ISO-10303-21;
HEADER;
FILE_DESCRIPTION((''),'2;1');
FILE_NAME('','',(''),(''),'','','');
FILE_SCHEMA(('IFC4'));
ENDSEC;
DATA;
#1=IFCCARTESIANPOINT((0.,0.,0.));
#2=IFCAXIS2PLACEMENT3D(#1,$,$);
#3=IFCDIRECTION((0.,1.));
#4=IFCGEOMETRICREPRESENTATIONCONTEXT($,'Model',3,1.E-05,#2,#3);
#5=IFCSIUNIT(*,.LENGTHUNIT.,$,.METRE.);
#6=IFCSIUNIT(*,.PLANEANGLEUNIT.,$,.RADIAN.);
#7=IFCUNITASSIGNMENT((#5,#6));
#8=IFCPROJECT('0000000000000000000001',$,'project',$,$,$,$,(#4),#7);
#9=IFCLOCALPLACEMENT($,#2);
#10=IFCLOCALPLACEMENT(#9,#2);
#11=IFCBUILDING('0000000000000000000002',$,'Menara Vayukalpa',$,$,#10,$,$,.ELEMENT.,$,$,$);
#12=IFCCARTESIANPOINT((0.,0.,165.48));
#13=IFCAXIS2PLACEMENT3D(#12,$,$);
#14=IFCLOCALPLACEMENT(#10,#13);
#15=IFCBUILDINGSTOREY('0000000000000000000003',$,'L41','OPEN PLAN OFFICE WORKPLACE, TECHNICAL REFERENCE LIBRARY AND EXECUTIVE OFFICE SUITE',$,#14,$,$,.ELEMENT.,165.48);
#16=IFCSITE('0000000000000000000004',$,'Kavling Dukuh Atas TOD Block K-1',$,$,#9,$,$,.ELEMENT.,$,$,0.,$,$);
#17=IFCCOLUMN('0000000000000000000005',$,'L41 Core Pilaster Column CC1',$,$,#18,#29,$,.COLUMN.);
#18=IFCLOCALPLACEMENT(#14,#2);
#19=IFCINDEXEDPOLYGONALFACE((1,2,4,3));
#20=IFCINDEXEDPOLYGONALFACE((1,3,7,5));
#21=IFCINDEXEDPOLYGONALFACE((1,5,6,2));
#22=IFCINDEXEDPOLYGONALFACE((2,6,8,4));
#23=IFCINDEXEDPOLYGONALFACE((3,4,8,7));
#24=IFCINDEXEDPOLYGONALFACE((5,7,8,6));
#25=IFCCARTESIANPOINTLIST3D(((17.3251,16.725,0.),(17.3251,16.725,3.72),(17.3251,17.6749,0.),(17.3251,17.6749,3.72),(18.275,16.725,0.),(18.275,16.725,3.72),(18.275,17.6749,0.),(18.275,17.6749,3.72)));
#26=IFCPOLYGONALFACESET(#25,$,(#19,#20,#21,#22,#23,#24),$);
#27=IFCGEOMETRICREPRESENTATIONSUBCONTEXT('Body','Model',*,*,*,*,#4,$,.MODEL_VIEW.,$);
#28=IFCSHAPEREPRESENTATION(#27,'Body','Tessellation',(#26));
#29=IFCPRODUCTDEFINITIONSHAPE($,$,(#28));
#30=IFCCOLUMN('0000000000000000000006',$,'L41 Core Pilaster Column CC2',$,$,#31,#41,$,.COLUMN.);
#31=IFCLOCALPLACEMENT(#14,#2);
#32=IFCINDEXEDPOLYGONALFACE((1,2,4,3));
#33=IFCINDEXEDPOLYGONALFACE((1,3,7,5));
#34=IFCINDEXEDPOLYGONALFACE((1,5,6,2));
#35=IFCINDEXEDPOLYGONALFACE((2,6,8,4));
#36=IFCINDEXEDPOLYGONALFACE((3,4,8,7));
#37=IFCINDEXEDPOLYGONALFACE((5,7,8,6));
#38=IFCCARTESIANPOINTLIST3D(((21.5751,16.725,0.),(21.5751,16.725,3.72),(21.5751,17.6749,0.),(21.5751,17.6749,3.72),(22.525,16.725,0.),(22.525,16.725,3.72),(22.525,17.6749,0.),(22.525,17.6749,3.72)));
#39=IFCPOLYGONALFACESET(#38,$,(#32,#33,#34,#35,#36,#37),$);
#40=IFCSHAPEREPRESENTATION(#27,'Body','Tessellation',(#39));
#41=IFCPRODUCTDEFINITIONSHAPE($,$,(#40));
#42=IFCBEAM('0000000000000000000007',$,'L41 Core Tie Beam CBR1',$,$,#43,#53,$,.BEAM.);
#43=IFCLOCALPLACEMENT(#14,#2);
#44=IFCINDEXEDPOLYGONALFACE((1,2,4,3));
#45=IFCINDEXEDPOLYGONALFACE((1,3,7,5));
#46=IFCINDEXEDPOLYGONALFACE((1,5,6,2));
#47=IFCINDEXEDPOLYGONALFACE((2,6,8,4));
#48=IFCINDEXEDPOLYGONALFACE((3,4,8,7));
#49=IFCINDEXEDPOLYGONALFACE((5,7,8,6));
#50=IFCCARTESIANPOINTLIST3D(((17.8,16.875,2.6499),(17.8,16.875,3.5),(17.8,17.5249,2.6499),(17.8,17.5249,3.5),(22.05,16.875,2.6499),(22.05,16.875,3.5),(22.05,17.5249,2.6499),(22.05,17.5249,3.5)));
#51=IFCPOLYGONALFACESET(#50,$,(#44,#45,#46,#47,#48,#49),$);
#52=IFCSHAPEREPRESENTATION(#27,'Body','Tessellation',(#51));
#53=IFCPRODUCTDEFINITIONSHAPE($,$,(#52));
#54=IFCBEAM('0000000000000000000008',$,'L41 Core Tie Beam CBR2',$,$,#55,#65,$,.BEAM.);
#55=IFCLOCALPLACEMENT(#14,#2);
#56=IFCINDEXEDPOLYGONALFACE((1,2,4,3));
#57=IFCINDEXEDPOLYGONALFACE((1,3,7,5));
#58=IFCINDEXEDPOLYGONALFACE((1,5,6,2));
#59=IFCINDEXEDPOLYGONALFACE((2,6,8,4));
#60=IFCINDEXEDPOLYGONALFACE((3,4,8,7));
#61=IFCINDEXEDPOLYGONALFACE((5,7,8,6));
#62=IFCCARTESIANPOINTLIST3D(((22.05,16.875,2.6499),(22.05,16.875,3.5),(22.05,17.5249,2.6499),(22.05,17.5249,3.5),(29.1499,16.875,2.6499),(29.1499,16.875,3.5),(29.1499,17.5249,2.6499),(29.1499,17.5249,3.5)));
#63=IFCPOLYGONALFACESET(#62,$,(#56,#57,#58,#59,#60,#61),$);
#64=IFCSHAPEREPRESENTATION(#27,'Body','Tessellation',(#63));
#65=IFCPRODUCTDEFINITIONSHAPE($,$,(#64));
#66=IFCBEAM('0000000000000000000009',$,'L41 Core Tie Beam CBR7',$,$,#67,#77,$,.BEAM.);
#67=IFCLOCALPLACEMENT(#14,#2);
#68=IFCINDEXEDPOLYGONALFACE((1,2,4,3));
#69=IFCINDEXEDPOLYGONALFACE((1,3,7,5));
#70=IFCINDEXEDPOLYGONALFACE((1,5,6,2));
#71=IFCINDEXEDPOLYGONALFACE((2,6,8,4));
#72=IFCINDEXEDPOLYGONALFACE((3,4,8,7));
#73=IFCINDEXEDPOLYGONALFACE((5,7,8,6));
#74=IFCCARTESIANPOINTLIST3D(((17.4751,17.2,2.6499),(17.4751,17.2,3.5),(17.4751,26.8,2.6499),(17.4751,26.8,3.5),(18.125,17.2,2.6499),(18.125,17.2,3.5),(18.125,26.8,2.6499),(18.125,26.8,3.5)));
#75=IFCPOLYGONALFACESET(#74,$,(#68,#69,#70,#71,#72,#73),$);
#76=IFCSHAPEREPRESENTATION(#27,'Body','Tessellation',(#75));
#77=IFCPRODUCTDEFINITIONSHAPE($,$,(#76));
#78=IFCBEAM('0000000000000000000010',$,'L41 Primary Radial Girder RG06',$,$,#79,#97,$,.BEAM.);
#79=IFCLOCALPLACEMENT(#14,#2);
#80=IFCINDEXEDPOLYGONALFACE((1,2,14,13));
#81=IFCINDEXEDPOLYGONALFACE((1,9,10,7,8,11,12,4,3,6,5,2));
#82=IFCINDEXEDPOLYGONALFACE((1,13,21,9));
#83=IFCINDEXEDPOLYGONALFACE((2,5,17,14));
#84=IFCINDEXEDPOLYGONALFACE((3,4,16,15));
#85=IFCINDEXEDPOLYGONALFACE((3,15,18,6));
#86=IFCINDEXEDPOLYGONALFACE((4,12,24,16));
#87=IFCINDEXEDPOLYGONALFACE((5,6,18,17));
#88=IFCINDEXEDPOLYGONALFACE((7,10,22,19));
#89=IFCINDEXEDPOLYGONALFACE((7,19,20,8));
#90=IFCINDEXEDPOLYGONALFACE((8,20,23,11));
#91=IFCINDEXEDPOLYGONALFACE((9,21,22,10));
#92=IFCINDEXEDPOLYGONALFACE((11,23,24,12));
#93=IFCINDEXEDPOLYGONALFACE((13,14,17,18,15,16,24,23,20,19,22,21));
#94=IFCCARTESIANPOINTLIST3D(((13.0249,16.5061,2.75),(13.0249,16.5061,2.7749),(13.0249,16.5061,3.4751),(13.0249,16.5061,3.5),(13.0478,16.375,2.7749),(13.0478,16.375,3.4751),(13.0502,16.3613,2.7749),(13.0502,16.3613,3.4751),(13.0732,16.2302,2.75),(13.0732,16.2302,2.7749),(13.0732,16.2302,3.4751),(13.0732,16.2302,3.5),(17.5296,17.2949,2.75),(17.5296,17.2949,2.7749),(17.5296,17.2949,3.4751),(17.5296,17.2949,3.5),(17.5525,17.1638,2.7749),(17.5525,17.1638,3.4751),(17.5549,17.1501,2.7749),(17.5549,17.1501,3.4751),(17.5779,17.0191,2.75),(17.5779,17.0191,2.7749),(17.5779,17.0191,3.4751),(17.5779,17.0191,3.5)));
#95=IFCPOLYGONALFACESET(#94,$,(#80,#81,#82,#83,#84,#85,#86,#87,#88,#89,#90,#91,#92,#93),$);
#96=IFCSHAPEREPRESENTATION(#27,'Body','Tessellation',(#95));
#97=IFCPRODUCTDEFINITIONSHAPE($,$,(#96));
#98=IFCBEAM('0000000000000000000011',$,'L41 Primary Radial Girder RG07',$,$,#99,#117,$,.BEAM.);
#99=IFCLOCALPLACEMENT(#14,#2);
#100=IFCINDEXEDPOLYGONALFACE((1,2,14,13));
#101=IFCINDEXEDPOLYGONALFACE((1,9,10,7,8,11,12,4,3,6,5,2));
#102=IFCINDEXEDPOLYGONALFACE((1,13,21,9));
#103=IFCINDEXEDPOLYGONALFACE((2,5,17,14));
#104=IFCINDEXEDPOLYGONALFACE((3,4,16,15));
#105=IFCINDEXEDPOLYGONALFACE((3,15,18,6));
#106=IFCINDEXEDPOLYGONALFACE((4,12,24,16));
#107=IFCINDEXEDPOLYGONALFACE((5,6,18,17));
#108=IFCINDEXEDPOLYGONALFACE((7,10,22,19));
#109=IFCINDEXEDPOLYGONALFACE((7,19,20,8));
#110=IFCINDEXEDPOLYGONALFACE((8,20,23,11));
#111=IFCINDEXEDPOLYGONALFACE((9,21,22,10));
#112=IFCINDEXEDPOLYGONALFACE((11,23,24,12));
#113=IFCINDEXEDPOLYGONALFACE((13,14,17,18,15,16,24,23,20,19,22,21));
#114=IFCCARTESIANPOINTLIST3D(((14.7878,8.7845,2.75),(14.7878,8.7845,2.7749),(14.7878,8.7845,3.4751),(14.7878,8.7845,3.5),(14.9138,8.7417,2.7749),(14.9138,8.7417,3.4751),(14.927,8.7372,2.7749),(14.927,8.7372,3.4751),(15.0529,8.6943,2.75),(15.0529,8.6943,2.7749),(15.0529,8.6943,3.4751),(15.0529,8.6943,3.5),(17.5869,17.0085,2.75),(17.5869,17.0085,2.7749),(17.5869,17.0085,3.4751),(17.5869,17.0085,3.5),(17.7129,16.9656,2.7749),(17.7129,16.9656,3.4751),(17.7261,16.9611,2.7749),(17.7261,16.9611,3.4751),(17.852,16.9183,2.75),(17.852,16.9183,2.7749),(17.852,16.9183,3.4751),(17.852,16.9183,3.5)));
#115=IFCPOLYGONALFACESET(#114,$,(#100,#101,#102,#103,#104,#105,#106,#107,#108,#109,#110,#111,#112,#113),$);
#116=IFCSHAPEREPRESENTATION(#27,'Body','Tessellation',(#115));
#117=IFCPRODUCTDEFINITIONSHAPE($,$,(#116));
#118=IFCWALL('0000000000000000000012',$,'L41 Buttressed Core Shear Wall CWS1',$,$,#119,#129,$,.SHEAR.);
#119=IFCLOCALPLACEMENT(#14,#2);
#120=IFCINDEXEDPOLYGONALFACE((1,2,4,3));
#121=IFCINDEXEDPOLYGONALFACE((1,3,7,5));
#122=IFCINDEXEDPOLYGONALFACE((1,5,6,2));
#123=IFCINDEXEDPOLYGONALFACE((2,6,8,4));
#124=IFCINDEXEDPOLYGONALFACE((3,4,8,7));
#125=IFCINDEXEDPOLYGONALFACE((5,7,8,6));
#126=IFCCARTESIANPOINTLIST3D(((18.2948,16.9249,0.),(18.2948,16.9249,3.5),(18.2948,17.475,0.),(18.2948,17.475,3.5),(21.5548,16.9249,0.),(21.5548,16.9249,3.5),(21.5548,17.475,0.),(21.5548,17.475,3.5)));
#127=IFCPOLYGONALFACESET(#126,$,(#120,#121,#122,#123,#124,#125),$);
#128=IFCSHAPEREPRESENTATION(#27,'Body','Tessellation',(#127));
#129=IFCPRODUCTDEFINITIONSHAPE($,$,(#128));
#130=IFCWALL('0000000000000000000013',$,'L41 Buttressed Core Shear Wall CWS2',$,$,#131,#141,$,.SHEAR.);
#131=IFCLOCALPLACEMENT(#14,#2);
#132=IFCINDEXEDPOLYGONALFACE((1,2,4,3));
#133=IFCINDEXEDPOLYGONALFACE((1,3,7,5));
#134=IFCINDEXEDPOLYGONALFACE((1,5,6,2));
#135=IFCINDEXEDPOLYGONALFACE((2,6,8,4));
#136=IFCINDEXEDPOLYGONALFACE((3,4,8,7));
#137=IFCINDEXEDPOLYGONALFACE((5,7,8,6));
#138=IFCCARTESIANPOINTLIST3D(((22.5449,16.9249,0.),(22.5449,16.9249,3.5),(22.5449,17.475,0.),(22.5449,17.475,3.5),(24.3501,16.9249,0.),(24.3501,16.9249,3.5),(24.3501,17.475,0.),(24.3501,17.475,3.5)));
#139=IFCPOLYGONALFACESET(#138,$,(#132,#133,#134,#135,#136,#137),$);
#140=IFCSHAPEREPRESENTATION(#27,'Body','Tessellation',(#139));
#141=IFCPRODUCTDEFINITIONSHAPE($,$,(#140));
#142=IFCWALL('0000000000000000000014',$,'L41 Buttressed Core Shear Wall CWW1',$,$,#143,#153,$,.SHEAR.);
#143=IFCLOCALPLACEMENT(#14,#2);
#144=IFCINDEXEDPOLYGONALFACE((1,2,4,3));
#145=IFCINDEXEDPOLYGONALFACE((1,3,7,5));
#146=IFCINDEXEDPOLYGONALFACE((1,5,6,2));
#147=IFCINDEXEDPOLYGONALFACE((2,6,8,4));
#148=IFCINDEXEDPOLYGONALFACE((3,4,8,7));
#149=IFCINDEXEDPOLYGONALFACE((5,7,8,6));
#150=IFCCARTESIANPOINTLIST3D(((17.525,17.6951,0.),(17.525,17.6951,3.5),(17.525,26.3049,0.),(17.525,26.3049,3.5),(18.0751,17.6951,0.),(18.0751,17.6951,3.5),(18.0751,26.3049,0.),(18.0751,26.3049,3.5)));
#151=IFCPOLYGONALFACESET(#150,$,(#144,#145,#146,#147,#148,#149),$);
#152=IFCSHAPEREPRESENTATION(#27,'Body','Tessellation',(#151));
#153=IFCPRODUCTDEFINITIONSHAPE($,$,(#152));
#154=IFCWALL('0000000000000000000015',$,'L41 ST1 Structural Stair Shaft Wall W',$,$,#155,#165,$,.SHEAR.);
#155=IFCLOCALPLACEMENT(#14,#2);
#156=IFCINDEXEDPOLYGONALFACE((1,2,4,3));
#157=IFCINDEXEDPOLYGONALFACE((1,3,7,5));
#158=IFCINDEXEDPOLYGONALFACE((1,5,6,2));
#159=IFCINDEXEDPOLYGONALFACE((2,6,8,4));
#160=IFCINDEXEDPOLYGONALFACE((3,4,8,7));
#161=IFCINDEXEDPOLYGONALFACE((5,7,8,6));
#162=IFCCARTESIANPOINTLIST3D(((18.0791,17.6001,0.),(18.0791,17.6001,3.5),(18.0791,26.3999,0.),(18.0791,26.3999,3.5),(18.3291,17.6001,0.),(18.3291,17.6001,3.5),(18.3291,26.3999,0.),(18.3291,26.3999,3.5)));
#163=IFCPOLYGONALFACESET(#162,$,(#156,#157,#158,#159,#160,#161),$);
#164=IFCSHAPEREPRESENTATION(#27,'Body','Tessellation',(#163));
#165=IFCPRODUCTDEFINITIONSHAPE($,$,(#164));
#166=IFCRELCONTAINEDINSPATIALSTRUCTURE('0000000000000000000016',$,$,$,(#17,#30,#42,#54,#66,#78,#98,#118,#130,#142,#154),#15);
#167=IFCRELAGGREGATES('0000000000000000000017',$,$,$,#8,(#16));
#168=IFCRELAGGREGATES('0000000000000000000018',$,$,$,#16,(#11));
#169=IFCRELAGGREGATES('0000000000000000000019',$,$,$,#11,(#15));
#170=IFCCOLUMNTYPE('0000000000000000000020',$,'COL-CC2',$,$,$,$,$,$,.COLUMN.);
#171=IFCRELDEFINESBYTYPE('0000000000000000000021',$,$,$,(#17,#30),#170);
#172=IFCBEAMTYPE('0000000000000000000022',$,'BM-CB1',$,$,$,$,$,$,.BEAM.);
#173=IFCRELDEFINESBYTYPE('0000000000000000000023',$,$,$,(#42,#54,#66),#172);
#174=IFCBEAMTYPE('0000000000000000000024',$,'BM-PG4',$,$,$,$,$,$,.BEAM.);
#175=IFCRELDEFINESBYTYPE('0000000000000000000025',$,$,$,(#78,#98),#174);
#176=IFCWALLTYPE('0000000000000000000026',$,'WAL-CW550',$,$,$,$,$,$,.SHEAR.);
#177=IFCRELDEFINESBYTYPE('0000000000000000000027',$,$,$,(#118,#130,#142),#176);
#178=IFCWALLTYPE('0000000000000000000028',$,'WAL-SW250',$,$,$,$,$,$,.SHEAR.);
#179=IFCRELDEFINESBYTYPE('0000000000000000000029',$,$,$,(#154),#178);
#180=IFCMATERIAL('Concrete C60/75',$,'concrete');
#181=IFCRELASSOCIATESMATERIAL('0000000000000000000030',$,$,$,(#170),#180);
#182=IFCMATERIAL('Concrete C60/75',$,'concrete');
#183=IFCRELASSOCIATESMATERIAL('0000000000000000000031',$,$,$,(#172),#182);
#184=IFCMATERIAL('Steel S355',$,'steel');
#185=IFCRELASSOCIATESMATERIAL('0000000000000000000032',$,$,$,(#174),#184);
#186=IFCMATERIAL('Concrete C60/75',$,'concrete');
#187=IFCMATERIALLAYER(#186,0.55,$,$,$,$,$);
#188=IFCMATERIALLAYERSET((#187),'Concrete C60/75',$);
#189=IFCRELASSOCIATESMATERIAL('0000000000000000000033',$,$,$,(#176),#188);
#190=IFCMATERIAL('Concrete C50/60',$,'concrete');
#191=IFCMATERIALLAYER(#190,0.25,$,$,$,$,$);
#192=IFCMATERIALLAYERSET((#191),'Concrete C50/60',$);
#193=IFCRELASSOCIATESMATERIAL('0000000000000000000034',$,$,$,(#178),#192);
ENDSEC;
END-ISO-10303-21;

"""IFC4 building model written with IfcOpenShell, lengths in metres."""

from ifc_helpers import new_model, si_unit, direction, frame, frame_2d, origin, origin_2d, place, context, subcontext, project, spatial, rectangle, i_section, extrude, material, layer, layer_set, material_profile, profile_set, type_object, element, save


model = new_model("IFC4")

# Units and contexts
model_context = context("Model", 3, precision=1e-05, world=origin(), true_north=direction((0.0, 1.0)))
body_context = subcontext(model_context, "Body", "Model", "MODEL_VIEW")
ifc_project = project(units=[si_unit("LENGTHUNIT", "METRE"), si_unit("PLANEANGLEUNIT", "RADIAN")], contexts=[model_context])

# Site, building, storey
site_placement = place(None, origin())
site = spatial("IfcSite", under=ifc_project, at=site_placement, Name="Kavling Dukuh Atas TOD Block K-1", CompositionType="ELEMENT", RefElevation=0.0)
building_placement = place(site_placement, origin())
building = spatial("IfcBuilding", under=site, at=building_placement, Name="Menara Vayukalpa", CompositionType="ELEMENT")
storey_placement = place(building_placement, frame((0.0, 0.0, 165.48)))
storey = spatial("IfcBuildingStorey", under=building, at=storey_placement, Name="L41", Description="OPEN PLAN OFFICE WORKPLACE, TECHNICAL REFERENCE LIBRARY AND EXECUTIVE OFFICE SUITE", CompositionType="ELEMENT", Elevation=165.48)

# Columns
ifc_material_1 = material(Name="Concrete C60/75", Category="concrete")
ifc_material_profile_1 = material_profile(ifc_material_1, rectangle(XDim=0.95, YDim=0.95, at=origin_2d()), Name="RC 950x950")
ifc_profile_set_1 = profile_set([ifc_material_profile_1], Name="Concrete C60/75")
column_type = type_object("IfcColumnType", Name="COL-CC2", PredefinedType="COLUMN", material=ifc_profile_set_1)
for number, where, z_axis, x_axis, name in (
    (1, (17.8, 17.2, 0.0), (0.0, 0.0, 1.0), (1.0, 0.0, 0.0), "L41 Core Pilaster Column CC1"),
    (2, (22.05, 17.2, 0.0), (0.0, 0.0, 1.0), (1.0, 0.0, 0.0), "L41 Core Pilaster Column CC2"),
):
    element("IfcColumn", number, at=place(storey_placement, frame(where, z_axis=z_axis, x_axis=x_axis)), inside=storey, type_object=column_type, Name=name, PredefinedType="COLUMN", context=body_context, shape_type="SweptSolid", body=[
        extrude(rectangle(XDim=0.95, YDim=0.95, at=origin_2d()), origin(), (0.0, 0.0, 1.0), 3.72),
    ])

# Beams
ifc_material_2 = material(Name="Concrete C60/75", Category="concrete")
ifc_material_profile_2 = material_profile(ifc_material_2, rectangle(XDim=0.6499, YDim=0.8501, at=origin_2d()), Name="RC 650x850")
ifc_profile_set_2 = profile_set([ifc_material_profile_2], Name="Concrete C60/75")
beam_type_1 = type_object("IfcBeamType", Name="BM-CB1", PredefinedType="BEAM", material=ifc_profile_set_2)
beam_1_placement = place(storey_placement, frame((17.8, 17.2, 3.075), z_axis=(1.0, 0.0, 0.0), x_axis=(0.0, 1.0, 0.0)))
element("IfcBeam", 3, at=beam_1_placement, inside=storey, type_object=beam_type_1, Name="L41 Core Tie Beam CBR1", PredefinedType="BEAM", context=body_context, shape_type="SweptSolid", body=[
    extrude(rectangle(XDim=0.6499, YDim=0.8501, at=origin_2d()), origin(), (0.0, 0.0, 1.0), 4.25),
])
beam_2_placement = place(storey_placement, frame((22.05, 17.2, 3.075), z_axis=(1.0, 0.0, 0.0), x_axis=(0.0, 1.0, 0.0)))
element("IfcBeam", 4, at=beam_2_placement, inside=storey, type_object=beam_type_1, Name="L41 Core Tie Beam CBR2", PredefinedType="BEAM", context=body_context, shape_type="SweptSolid", body=[
    extrude(rectangle(XDim=0.6499, YDim=0.8501, at=origin_2d()), origin(), (0.0, 0.0, 1.0), 7.0999),
])
beam_3_placement = place(storey_placement, frame((17.8, 17.2, 3.075), z_axis=(0.0, 1.0, 0.0), x_axis=(-1.0, 0.0, 0.0)))
element("IfcBeam", 5, at=beam_3_placement, inside=storey, type_object=beam_type_1, Name="L41 Core Tie Beam CBR7", PredefinedType="BEAM", context=body_context, shape_type="SweptSolid", body=[
    extrude(rectangle(XDim=0.6499, YDim=0.8501, at=origin_2d()), origin(), (0.0, 0.0, 1.0), 9.6001),
])
ifc_material_3 = material(Name="Steel S355", Category="steel")
ifc_material_profile_3 = material_profile(ifc_material_3, i_section(OverallWidth=0.28, OverallDepth=0.75, WebThickness=0.0139, FlangeThickness=0.0249, at=origin_2d()), Name="WF 750x280x14x25")
ifc_profile_set_3 = profile_set([ifc_material_profile_3], Name="Steel S355")
beam_type_2 = type_object("IfcBeamType", Name="BM-PG4", PredefinedType="BEAM", material=ifc_profile_set_3)
beam_4_placement = place(storey_placement, frame((17.5537, 17.157, 3.125), z_axis=(-0.985012, -0.172488, 0.0), x_axis=(0.172488, -0.985012, 0.0)))
element("IfcBeam", 6, at=beam_4_placement, inside=storey, type_object=beam_type_2, Name="L41 Primary Radial Girder RG06", PredefinedType="BEAM", context=body_context, shape_type="SweptSolid", body=[
    extrude(i_section(OverallWidth=0.28, OverallDepth=0.75, WebThickness=0.0139, FlangeThickness=0.0249, at=origin_2d()), origin(), (0.0, 0.0, 1.0), 4.5732),
])
beam_5_placement = place(storey_placement, frame((17.7195, 16.9634, 3.125), z_axis=(-0.322208, -0.946669, 0.0), x_axis=(0.946669, -0.322208, 0.0)))
element("IfcBeam", 7, at=beam_5_placement, inside=storey, type_object=beam_type_2, Name="L41 Primary Radial Girder RG07", PredefinedType="BEAM", context=body_context, shape_type="SweptSolid", body=[
    extrude(i_section(OverallWidth=0.28, OverallDepth=0.75, WebThickness=0.0139, FlangeThickness=0.0249, at=origin_2d()), origin(), (0.0, 0.0, 1.0), 8.6873),
])

# Walls
ifc_material_4 = material(Name="Concrete C60/75", Category="concrete")
ifc_layer_1 = layer(ifc_material_4, 0.55)
ifc_layer_set_1 = layer_set([ifc_layer_1], Name="Concrete C60/75")
wall_type_1 = type_object("IfcWallType", Name="WAL-CW550", PredefinedType="SHEAR", material=ifc_layer_set_1)
wall_1_placement = place(storey_placement, frame((18.2949, 17.2, 0.0), z_axis=(0.0, 0.0, 1.0), x_axis=(1.0, 0.0, 0.0)))
element("IfcWall", 8, at=wall_1_placement, inside=storey, type_object=wall_type_1, Name="L41 Buttressed Core Shear Wall CWS1", PredefinedType="SHEAR", context=body_context, shape_type="SweptSolid", body=[
    extrude(rectangle(XDim=3.26, YDim=0.55, at=frame_2d((1.6299, 0.0))), origin(), (0.0, 0.0, 1.0), 3.5),
])
wall_2_placement = place(storey_placement, frame((22.5449, 17.2, 0.0), z_axis=(0.0, 0.0, 1.0), x_axis=(1.0, 0.0, 0.0)))
element("IfcWall", 9, at=wall_2_placement, inside=storey, type_object=wall_type_1, Name="L41 Buttressed Core Shear Wall CWS2", PredefinedType="SHEAR", context=body_context, shape_type="SweptSolid", body=[
    extrude(rectangle(XDim=1.8052, YDim=0.55, at=frame_2d((0.9026, 0.0))), origin(), (0.0, 0.0, 1.0), 3.5),
])
wall_3_placement = place(storey_placement, frame((17.8, 17.6951, 0.0), z_axis=(0.0, 0.0, 1.0), x_axis=(0.0, 1.0, 0.0)))
element("IfcWall", 10, at=wall_3_placement, inside=storey, type_object=wall_type_1, Name="L41 Buttressed Core Shear Wall CWW1", PredefinedType="SHEAR", context=body_context, shape_type="SweptSolid", body=[
    extrude(rectangle(XDim=8.6099, YDim=0.55, at=frame_2d((4.3049, 0.0))), origin(), (0.0, 0.0, 1.0), 3.5),
])
ifc_material_5 = material(Name="Concrete C50/60", Category="concrete")
ifc_layer_2 = layer(ifc_material_5, 0.25)
ifc_layer_set_2 = layer_set([ifc_layer_2], Name="Concrete C50/60")
wall_type_2 = type_object("IfcWallType", Name="WAL-SW250", PredefinedType="SHEAR", material=ifc_layer_set_2)
wall_4_placement = place(storey_placement, frame((18.2041, 17.6001, 0.0), z_axis=(0.0, 0.0, 1.0), x_axis=(0.0, 1.0, 0.0)))
element("IfcWall", 11, at=wall_4_placement, inside=storey, type_object=wall_type_2, Name="L41 ST1 Structural Stair Shaft Wall W", PredefinedType="SHEAR", context=body_context, shape_type="SweptSolid", body=[
    extrude(rectangle(XDim=8.7998, YDim=0.25, at=frame_2d((4.3999, 0.0))), origin(), (0.0, 0.0, 1.0), 3.5),
])

save(model, "model.ifc")
